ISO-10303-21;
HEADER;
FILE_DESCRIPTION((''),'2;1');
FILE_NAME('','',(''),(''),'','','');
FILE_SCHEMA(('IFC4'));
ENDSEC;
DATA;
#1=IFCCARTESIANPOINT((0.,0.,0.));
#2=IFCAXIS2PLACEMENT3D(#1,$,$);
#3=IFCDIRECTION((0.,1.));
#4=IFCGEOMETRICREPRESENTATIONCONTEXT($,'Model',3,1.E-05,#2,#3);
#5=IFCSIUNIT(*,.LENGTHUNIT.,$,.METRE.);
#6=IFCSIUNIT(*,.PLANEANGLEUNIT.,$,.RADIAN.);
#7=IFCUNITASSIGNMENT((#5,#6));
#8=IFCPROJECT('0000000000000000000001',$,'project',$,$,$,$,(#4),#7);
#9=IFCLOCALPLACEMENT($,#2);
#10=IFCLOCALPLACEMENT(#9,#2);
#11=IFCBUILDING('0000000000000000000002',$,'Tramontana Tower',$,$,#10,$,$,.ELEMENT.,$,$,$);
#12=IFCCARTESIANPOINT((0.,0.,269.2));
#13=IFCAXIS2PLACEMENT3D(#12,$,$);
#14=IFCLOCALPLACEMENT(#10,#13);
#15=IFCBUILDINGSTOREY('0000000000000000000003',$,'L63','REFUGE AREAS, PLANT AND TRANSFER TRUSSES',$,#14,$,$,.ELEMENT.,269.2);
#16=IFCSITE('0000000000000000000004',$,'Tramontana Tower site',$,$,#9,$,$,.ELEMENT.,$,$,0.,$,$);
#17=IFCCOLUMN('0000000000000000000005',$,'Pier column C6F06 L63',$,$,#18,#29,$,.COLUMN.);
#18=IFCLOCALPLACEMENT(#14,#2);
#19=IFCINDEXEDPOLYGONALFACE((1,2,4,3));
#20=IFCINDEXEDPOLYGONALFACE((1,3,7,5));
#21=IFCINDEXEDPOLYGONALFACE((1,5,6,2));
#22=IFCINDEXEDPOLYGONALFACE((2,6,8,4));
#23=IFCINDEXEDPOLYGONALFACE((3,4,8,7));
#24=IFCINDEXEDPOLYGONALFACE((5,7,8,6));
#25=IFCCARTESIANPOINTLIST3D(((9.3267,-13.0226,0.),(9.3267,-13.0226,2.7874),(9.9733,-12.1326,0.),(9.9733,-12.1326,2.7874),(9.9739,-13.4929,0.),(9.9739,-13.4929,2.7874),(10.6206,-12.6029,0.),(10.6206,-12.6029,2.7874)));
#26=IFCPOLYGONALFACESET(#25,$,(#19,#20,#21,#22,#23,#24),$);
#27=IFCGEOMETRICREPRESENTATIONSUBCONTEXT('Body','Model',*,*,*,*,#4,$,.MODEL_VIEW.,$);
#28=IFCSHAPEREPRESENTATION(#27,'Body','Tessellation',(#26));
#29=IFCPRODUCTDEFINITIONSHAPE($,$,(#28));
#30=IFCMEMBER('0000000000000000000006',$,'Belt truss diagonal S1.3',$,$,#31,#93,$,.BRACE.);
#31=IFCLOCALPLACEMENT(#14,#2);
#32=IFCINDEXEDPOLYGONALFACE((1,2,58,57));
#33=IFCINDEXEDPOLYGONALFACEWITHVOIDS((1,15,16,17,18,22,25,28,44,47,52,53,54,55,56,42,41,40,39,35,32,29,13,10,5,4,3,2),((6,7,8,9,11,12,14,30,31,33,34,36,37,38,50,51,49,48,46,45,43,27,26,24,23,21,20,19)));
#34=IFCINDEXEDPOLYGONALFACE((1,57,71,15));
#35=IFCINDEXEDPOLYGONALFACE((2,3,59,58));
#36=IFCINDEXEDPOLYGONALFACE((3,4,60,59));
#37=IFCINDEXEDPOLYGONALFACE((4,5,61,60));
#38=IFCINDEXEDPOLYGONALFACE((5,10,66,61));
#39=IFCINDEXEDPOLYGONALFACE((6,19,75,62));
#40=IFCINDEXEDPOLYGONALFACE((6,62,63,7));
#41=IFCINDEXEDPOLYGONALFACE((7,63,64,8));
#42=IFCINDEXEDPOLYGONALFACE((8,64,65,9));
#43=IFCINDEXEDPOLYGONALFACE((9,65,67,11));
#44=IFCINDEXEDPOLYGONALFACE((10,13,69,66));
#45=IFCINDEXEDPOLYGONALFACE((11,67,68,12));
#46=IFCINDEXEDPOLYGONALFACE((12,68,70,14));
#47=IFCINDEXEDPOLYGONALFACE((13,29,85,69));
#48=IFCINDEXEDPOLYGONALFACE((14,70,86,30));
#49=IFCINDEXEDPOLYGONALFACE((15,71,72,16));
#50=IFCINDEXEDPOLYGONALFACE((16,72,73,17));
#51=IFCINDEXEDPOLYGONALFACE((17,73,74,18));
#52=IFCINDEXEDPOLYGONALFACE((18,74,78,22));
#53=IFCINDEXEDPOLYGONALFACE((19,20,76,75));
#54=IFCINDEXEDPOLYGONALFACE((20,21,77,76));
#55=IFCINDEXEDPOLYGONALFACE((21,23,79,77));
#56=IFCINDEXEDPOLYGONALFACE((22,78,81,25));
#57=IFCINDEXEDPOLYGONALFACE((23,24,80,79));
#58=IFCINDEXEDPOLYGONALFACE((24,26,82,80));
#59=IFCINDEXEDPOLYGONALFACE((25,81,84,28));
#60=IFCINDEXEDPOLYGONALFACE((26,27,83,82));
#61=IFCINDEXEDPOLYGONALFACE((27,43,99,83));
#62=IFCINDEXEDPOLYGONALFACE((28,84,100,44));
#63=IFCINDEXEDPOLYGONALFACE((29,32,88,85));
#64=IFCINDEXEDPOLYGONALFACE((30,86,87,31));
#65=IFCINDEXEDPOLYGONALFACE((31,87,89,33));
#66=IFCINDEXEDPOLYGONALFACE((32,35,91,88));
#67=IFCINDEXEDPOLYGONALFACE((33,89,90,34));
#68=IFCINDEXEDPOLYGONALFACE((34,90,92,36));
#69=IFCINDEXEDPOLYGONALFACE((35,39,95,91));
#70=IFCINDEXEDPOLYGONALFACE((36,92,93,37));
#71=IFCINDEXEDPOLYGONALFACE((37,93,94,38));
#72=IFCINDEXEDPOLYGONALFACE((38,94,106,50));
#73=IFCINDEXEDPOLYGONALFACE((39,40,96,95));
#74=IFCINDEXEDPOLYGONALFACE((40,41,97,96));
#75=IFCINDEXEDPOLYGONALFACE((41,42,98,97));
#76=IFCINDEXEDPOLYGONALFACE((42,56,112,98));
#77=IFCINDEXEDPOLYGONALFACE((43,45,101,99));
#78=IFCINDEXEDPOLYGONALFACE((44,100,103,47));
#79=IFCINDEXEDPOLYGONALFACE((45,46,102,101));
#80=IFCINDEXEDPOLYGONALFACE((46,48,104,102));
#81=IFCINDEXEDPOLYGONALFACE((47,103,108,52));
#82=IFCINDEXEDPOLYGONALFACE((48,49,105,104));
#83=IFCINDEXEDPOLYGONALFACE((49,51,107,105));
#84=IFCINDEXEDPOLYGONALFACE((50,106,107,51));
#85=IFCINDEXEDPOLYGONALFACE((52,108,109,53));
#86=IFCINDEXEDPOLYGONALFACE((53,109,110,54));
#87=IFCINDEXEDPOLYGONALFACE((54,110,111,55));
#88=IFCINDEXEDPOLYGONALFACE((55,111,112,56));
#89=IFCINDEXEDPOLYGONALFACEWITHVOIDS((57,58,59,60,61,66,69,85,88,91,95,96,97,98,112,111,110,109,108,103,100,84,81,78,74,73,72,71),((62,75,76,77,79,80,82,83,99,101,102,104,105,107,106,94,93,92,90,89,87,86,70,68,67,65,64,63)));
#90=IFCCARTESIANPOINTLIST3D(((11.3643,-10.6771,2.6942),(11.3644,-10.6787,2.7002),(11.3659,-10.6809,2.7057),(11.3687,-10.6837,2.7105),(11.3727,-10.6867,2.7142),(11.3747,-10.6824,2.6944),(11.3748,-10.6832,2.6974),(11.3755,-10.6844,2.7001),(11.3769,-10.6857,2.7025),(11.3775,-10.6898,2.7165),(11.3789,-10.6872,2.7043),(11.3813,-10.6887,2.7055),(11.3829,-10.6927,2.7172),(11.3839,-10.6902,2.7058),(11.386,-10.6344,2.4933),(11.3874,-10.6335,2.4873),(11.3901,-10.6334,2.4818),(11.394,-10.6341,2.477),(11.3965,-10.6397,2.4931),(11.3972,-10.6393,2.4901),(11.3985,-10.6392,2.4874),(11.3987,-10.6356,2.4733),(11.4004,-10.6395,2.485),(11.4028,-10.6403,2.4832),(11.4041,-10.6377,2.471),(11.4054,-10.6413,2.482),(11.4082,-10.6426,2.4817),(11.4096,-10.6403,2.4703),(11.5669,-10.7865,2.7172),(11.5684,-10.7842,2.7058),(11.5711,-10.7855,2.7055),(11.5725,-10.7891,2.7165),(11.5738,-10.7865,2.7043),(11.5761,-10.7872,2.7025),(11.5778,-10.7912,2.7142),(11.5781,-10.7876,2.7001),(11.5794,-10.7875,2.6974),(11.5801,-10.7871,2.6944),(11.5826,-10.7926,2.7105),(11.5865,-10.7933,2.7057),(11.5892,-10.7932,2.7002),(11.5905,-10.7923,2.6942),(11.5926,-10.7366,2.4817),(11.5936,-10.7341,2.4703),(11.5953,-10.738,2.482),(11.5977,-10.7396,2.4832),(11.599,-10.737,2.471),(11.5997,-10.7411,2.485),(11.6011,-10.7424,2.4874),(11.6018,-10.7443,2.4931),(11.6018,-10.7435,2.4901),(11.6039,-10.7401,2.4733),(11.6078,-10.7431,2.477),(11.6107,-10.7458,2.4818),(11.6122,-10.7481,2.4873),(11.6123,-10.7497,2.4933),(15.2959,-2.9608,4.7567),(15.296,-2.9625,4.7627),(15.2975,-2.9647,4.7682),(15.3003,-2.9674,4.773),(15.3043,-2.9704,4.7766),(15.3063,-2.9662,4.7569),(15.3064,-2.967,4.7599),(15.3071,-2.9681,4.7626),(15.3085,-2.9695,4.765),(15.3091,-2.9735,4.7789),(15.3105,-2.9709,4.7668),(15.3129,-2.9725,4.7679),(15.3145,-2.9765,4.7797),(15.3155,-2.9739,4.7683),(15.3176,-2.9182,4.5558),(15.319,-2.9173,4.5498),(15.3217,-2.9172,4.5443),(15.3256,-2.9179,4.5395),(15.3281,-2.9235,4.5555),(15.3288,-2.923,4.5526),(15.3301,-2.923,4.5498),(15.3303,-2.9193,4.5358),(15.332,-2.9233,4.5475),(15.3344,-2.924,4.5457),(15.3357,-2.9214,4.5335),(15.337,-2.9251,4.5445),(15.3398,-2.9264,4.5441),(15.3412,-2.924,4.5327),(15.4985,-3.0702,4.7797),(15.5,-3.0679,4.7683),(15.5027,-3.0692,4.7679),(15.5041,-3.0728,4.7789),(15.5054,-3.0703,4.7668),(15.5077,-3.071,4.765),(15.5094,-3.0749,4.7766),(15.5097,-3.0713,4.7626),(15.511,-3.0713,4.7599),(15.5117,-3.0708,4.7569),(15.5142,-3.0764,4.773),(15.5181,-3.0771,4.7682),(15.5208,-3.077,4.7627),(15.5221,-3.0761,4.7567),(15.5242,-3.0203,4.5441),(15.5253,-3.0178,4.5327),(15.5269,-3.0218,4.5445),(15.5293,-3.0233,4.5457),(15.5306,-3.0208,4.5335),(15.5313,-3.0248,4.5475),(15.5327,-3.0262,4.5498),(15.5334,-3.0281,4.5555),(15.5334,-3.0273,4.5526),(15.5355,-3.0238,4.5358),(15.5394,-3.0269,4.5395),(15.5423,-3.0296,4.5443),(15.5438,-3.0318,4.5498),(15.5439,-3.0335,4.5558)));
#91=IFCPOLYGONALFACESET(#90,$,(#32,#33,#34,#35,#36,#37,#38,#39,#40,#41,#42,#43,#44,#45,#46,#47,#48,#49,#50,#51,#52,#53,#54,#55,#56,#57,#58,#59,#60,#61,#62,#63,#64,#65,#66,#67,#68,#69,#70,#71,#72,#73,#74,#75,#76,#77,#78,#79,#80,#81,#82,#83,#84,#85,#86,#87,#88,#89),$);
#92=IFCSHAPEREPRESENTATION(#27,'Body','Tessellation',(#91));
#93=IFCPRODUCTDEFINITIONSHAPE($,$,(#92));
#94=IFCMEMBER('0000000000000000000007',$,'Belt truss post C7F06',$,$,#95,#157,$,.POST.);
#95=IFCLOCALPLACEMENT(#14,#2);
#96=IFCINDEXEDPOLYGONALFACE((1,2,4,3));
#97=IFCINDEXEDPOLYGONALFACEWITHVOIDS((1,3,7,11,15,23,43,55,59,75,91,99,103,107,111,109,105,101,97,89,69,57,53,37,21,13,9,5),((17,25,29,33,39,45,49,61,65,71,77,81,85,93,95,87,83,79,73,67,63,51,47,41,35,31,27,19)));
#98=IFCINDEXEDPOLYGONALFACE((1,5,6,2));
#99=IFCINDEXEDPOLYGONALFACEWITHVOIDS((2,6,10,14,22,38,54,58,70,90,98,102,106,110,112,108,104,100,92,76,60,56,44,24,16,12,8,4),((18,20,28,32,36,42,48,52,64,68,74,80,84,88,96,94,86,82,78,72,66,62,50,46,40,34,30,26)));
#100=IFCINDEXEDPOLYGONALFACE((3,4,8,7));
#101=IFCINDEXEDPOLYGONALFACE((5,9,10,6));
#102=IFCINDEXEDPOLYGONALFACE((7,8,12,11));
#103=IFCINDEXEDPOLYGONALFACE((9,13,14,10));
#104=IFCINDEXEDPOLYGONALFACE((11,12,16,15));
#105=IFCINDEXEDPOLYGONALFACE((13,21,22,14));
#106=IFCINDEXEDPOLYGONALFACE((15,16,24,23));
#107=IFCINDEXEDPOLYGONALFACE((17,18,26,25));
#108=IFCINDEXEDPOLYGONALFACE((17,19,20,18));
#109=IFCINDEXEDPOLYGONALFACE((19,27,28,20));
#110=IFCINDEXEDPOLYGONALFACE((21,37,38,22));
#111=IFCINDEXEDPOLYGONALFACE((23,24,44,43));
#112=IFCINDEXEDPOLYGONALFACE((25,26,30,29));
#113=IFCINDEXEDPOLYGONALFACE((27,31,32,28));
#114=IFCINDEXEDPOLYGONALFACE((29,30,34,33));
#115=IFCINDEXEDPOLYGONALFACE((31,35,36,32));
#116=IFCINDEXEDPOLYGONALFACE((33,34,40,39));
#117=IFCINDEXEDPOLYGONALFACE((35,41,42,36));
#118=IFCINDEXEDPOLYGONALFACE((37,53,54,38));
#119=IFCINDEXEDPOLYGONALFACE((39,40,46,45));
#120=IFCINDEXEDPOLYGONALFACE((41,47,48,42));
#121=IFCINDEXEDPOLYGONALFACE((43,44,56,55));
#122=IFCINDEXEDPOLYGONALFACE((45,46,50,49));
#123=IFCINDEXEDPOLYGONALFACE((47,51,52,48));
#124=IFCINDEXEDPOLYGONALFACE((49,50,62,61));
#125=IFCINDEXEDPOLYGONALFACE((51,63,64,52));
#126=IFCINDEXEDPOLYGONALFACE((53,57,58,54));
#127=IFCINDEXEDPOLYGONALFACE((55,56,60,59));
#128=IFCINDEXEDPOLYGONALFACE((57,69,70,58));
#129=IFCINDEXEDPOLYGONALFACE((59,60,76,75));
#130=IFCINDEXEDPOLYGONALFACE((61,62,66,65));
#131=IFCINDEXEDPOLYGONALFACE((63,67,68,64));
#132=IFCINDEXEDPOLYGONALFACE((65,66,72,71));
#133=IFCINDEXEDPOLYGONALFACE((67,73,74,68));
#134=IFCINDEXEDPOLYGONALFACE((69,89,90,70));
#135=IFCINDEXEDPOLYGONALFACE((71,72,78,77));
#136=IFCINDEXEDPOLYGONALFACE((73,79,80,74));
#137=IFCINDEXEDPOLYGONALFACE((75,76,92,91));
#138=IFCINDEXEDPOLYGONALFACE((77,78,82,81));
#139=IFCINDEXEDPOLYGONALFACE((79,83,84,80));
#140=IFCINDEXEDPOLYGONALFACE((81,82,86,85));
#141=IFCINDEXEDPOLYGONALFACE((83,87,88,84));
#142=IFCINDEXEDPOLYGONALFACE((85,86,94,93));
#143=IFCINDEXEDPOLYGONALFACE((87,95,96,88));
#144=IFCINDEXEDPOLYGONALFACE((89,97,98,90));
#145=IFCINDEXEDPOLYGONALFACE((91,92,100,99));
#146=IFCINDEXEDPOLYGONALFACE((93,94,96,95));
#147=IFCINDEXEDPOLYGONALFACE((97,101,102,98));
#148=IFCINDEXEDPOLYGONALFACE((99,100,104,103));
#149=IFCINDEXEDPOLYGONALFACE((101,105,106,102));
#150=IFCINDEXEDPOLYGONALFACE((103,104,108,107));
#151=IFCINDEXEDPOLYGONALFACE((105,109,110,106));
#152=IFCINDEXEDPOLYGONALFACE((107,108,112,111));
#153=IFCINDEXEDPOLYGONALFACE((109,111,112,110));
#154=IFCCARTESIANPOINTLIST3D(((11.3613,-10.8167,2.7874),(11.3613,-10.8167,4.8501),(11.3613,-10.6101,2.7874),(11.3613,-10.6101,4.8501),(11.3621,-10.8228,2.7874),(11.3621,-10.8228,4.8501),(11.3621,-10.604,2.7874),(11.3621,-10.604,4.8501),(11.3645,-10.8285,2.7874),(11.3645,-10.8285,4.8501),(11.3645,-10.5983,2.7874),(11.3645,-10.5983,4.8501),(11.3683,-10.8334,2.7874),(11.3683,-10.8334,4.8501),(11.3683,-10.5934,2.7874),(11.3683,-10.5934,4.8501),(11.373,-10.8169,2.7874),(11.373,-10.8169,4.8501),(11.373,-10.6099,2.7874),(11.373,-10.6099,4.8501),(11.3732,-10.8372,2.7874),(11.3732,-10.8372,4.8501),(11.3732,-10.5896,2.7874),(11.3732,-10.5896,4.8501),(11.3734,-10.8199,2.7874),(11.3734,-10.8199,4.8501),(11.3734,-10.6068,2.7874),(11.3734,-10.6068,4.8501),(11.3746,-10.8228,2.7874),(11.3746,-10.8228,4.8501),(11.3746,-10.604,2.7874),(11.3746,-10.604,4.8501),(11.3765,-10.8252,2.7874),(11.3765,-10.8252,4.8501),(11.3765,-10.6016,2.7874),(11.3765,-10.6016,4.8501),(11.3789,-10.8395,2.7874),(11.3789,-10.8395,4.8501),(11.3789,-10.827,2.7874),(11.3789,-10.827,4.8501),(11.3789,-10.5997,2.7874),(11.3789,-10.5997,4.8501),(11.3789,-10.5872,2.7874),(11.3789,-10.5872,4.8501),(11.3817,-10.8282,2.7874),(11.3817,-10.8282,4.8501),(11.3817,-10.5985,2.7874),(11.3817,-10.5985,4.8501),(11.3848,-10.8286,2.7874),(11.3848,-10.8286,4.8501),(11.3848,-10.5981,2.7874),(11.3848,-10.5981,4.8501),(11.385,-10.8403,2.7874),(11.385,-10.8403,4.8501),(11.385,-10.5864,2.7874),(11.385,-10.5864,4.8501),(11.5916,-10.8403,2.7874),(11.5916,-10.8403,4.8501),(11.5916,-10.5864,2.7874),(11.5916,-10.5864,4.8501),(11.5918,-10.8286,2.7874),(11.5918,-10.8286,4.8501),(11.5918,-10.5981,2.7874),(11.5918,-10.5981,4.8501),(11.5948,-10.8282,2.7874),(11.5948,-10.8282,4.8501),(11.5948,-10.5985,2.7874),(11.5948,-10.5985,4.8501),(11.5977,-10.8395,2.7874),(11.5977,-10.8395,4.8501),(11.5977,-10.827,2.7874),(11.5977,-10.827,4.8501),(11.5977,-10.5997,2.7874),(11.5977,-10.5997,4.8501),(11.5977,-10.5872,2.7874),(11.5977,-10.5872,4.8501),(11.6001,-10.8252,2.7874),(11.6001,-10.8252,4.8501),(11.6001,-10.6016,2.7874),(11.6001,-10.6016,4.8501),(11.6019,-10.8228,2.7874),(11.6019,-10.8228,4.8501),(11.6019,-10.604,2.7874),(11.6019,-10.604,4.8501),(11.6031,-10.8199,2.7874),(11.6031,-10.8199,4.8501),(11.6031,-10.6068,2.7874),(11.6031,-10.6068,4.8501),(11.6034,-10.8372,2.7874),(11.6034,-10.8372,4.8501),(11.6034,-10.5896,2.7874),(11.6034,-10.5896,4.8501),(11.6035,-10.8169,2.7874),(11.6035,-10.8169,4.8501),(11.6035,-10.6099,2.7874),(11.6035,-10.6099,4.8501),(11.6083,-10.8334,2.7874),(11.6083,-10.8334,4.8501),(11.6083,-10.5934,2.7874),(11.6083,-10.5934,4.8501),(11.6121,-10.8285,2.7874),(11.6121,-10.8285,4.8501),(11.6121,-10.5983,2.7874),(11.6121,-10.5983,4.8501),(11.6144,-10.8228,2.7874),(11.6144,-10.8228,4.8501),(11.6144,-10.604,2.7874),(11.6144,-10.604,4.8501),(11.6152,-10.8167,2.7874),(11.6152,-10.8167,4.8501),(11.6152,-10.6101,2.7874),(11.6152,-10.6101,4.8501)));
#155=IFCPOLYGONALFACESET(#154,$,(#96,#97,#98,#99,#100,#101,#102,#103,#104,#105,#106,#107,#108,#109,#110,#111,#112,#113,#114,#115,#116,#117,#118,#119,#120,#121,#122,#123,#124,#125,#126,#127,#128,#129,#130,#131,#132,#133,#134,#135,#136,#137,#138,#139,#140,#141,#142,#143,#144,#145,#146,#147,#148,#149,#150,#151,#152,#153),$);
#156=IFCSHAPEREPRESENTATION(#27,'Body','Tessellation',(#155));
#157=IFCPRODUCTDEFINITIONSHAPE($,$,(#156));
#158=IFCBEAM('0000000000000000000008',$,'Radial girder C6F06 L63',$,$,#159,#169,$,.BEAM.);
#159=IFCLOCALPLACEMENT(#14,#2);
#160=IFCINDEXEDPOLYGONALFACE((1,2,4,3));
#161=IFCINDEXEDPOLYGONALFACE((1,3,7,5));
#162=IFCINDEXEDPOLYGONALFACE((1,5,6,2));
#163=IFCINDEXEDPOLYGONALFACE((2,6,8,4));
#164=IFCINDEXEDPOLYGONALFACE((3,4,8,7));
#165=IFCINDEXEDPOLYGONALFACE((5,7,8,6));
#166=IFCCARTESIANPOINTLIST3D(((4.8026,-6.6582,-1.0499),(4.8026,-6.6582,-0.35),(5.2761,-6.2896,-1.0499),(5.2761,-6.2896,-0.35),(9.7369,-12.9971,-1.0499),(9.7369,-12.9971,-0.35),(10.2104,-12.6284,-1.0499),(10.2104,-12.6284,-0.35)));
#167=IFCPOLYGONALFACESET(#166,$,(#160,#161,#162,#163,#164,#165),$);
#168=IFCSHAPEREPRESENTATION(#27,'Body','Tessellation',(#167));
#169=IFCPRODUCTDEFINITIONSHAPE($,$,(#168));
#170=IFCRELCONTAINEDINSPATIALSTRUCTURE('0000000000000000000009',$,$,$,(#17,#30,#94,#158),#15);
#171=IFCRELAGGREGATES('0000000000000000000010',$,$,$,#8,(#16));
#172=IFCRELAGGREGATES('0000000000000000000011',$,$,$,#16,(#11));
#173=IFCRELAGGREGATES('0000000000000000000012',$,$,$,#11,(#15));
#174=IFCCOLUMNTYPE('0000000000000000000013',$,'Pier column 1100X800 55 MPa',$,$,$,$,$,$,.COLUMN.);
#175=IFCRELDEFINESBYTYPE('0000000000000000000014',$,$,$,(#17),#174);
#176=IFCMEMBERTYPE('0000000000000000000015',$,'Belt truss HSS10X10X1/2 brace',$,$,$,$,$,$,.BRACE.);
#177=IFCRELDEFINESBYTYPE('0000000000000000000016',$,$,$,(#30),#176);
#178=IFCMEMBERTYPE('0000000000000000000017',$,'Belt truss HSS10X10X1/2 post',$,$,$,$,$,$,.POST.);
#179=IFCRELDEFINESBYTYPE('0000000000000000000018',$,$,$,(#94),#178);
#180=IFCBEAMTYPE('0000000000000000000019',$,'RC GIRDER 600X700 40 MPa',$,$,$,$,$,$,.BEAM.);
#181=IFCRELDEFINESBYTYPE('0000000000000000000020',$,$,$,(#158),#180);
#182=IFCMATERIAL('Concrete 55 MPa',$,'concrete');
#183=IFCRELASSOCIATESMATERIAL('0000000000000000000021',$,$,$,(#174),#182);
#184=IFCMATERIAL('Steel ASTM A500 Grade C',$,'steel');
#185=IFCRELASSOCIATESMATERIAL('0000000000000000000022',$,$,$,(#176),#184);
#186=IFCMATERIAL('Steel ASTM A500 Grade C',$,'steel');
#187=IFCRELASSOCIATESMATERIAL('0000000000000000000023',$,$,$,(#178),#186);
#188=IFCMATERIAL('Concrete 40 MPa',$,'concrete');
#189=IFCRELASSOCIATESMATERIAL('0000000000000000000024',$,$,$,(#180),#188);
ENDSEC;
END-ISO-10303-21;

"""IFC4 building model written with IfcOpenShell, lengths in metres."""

from ifc_helpers import new_model, si_unit, direction, frame, origin, origin_2d, place, context, subcontext, project, spatial, rectangle, hollow_rectangle, extrude, material, material_profile, profile_set, type_object, element, save


model = new_model("IFC4")

# Units and contexts
model_context = context("Model", 3, precision=1e-05, world=origin(), true_north=direction((0.0, 1.0)))
body_context = subcontext(model_context, "Body", "Model", "MODEL_VIEW")
ifc_project = project(units=[si_unit("LENGTHUNIT", "METRE"), si_unit("PLANEANGLEUNIT", "RADIAN")], contexts=[model_context])

# Site, building, storey
site_placement = place(None, origin())
site = spatial("IfcSite", under=ifc_project, at=site_placement, Name="Tramontana Tower site", CompositionType="ELEMENT", RefElevation=0.0)
building_placement = place(site_placement, origin())
building = spatial("IfcBuilding", under=site, at=building_placement, Name="Tramontana Tower", CompositionType="ELEMENT")
storey_placement = place(building_placement, frame((0.0, 0.0, 269.2)))
storey = spatial("IfcBuildingStorey", under=building, at=storey_placement, Name="L63", Description="REFUGE AREAS, PLANT AND TRANSFER TRUSSES", CompositionType="ELEMENT", Elevation=269.2)

# Column
ifc_material_1 = material(Name="Concrete 55 MPa", Category="concrete")
ifc_material_profile_1 = material_profile(ifc_material_1, rectangle(XDim=1.1001, YDim=0.8, at=origin_2d()), Name="Pier column 1100X800 55 MPa")
ifc_profile_set_1 = profile_set([ifc_material_profile_1], Name="Concrete 55 MPa")
column_type = type_object("IfcColumnType", Name="Pier column 1100X800 55 MPa", PredefinedType="COLUMN", material=ifc_profile_set_1)
column_placement = place(storey_placement, frame((9.9736, -12.8127, 0.0), z_axis=(0.0, 0.0, 1.0), x_axis=(0.587785, 0.809017, 0.0)))
element("IfcColumn", 1, at=column_placement, inside=storey, type_object=column_type, Name="Pier column C6F06 L63", PredefinedType="COLUMN", context=body_context, shape_type="SweptSolid", body=[
    extrude(rectangle(XDim=1.1001, YDim=0.8, at=origin_2d()), origin(), (0.0, 0.0, 1.0), 2.7874),
])

# Members
ifc_material_2 = material(Name="Steel ASTM A500 Grade C", Category="steel")
ifc_material_profile_2 = material_profile(ifc_material_2, hollow_rectangle(XDim=0.2539, YDim=0.2539, WallThickness=0.0117, InnerFilletRadius=0.0117, OuterFilletRadius=0.0237, at=origin_2d()), Name="HSS10X10X1/2")
ifc_profile_set_2 = profile_set([ifc_material_profile_2], Name="Steel ASTM A500 Grade C")
member_type_1 = type_object("IfcMemberType", Name="Belt truss HSS10X10X1/2 brace", PredefinedType="BRACE", material=ifc_profile_set_2)
member_1_placement = place(storey_placement, frame((11.4883, -10.7134, 2.5938), z_axis=(0.441637, 0.866765, 0.231679), x_axis=(-0.891007, 0.453989, 0.0)))
element("IfcMember", 2, at=member_1_placement, inside=storey, type_object=member_type_1, Name="Belt truss diagonal S1.3", PredefinedType="BRACE", context=body_context, shape_type="SweptSolid", body=[
    extrude(hollow_rectangle(XDim=0.2539, YDim=0.2539, WallThickness=0.0117, InnerFilletRadius=0.0117, OuterFilletRadius=0.0237, at=origin_2d()), origin(), (0.0, 0.0, 1.0), 8.9023),
])
ifc_material_3 = material(Name="Steel ASTM A500 Grade C", Category="steel")
ifc_material_profile_3 = material_profile(ifc_material_3, hollow_rectangle(XDim=0.2539, YDim=0.2539, WallThickness=0.0117, InnerFilletRadius=0.0117, OuterFilletRadius=0.0237, at=origin_2d()), Name="HSS10X10X1/2")
ifc_profile_set_3 = profile_set([ifc_material_profile_3], Name="Steel ASTM A500 Grade C")
member_type_2 = type_object("IfcMemberType", Name="Belt truss HSS10X10X1/2 post", PredefinedType="POST", material=ifc_profile_set_3)
member_2_placement = place(storey_placement, frame((11.4883, -10.7134, 2.7874), z_axis=(0.0, 0.0, 1.0), x_axis=(1.0, 0.0, 0.0)))
element("IfcMember", 3, at=member_2_placement, inside=storey, type_object=member_type_2, Name="Belt truss post C7F06", PredefinedType="POST", context=body_context, shape_type="SweptSolid", body=[
    extrude(hollow_rectangle(XDim=0.2539, YDim=0.2539, WallThickness=0.0117, InnerFilletRadius=0.0117, OuterFilletRadius=0.0237, at=origin_2d()), origin(), (0.0, 0.0, 1.0), 2.0627),
])

# Beam
ifc_material_4 = material(Name="Concrete 40 MPa", Category="concrete")
ifc_material_profile_4 = material_profile(ifc_material_4, rectangle(XDim=0.6001, YDim=0.7, at=origin_2d()), Name="RC GIRDER 600X700 40 MPa")
ifc_profile_set_4 = profile_set([ifc_material_profile_4], Name="Concrete 40 MPa")
beam_type = type_object("IfcBeamType", Name="RC GIRDER 600X700 40 MPa", PredefinedType="BEAM", material=ifc_profile_set_4)
beam_placement = place(storey_placement, frame((9.9736, -12.8127, -0.7), z_axis=(-0.614258, 0.789105, 0.0), x_axis=(-0.789105, -0.614258, 0.0)))
element("IfcBeam", 4, at=beam_placement, inside=storey, type_object=beam_type, Name="Radial girder C6F06 L63", PredefinedType="BEAM", context=body_context, shape_type="SweptSolid", body=[
    extrude(rectangle(XDim=0.6001, YDim=0.7, at=origin_2d()), origin(), (0.0, 0.0, 1.0), 8.033),
])

save(model, "model.ifc")
